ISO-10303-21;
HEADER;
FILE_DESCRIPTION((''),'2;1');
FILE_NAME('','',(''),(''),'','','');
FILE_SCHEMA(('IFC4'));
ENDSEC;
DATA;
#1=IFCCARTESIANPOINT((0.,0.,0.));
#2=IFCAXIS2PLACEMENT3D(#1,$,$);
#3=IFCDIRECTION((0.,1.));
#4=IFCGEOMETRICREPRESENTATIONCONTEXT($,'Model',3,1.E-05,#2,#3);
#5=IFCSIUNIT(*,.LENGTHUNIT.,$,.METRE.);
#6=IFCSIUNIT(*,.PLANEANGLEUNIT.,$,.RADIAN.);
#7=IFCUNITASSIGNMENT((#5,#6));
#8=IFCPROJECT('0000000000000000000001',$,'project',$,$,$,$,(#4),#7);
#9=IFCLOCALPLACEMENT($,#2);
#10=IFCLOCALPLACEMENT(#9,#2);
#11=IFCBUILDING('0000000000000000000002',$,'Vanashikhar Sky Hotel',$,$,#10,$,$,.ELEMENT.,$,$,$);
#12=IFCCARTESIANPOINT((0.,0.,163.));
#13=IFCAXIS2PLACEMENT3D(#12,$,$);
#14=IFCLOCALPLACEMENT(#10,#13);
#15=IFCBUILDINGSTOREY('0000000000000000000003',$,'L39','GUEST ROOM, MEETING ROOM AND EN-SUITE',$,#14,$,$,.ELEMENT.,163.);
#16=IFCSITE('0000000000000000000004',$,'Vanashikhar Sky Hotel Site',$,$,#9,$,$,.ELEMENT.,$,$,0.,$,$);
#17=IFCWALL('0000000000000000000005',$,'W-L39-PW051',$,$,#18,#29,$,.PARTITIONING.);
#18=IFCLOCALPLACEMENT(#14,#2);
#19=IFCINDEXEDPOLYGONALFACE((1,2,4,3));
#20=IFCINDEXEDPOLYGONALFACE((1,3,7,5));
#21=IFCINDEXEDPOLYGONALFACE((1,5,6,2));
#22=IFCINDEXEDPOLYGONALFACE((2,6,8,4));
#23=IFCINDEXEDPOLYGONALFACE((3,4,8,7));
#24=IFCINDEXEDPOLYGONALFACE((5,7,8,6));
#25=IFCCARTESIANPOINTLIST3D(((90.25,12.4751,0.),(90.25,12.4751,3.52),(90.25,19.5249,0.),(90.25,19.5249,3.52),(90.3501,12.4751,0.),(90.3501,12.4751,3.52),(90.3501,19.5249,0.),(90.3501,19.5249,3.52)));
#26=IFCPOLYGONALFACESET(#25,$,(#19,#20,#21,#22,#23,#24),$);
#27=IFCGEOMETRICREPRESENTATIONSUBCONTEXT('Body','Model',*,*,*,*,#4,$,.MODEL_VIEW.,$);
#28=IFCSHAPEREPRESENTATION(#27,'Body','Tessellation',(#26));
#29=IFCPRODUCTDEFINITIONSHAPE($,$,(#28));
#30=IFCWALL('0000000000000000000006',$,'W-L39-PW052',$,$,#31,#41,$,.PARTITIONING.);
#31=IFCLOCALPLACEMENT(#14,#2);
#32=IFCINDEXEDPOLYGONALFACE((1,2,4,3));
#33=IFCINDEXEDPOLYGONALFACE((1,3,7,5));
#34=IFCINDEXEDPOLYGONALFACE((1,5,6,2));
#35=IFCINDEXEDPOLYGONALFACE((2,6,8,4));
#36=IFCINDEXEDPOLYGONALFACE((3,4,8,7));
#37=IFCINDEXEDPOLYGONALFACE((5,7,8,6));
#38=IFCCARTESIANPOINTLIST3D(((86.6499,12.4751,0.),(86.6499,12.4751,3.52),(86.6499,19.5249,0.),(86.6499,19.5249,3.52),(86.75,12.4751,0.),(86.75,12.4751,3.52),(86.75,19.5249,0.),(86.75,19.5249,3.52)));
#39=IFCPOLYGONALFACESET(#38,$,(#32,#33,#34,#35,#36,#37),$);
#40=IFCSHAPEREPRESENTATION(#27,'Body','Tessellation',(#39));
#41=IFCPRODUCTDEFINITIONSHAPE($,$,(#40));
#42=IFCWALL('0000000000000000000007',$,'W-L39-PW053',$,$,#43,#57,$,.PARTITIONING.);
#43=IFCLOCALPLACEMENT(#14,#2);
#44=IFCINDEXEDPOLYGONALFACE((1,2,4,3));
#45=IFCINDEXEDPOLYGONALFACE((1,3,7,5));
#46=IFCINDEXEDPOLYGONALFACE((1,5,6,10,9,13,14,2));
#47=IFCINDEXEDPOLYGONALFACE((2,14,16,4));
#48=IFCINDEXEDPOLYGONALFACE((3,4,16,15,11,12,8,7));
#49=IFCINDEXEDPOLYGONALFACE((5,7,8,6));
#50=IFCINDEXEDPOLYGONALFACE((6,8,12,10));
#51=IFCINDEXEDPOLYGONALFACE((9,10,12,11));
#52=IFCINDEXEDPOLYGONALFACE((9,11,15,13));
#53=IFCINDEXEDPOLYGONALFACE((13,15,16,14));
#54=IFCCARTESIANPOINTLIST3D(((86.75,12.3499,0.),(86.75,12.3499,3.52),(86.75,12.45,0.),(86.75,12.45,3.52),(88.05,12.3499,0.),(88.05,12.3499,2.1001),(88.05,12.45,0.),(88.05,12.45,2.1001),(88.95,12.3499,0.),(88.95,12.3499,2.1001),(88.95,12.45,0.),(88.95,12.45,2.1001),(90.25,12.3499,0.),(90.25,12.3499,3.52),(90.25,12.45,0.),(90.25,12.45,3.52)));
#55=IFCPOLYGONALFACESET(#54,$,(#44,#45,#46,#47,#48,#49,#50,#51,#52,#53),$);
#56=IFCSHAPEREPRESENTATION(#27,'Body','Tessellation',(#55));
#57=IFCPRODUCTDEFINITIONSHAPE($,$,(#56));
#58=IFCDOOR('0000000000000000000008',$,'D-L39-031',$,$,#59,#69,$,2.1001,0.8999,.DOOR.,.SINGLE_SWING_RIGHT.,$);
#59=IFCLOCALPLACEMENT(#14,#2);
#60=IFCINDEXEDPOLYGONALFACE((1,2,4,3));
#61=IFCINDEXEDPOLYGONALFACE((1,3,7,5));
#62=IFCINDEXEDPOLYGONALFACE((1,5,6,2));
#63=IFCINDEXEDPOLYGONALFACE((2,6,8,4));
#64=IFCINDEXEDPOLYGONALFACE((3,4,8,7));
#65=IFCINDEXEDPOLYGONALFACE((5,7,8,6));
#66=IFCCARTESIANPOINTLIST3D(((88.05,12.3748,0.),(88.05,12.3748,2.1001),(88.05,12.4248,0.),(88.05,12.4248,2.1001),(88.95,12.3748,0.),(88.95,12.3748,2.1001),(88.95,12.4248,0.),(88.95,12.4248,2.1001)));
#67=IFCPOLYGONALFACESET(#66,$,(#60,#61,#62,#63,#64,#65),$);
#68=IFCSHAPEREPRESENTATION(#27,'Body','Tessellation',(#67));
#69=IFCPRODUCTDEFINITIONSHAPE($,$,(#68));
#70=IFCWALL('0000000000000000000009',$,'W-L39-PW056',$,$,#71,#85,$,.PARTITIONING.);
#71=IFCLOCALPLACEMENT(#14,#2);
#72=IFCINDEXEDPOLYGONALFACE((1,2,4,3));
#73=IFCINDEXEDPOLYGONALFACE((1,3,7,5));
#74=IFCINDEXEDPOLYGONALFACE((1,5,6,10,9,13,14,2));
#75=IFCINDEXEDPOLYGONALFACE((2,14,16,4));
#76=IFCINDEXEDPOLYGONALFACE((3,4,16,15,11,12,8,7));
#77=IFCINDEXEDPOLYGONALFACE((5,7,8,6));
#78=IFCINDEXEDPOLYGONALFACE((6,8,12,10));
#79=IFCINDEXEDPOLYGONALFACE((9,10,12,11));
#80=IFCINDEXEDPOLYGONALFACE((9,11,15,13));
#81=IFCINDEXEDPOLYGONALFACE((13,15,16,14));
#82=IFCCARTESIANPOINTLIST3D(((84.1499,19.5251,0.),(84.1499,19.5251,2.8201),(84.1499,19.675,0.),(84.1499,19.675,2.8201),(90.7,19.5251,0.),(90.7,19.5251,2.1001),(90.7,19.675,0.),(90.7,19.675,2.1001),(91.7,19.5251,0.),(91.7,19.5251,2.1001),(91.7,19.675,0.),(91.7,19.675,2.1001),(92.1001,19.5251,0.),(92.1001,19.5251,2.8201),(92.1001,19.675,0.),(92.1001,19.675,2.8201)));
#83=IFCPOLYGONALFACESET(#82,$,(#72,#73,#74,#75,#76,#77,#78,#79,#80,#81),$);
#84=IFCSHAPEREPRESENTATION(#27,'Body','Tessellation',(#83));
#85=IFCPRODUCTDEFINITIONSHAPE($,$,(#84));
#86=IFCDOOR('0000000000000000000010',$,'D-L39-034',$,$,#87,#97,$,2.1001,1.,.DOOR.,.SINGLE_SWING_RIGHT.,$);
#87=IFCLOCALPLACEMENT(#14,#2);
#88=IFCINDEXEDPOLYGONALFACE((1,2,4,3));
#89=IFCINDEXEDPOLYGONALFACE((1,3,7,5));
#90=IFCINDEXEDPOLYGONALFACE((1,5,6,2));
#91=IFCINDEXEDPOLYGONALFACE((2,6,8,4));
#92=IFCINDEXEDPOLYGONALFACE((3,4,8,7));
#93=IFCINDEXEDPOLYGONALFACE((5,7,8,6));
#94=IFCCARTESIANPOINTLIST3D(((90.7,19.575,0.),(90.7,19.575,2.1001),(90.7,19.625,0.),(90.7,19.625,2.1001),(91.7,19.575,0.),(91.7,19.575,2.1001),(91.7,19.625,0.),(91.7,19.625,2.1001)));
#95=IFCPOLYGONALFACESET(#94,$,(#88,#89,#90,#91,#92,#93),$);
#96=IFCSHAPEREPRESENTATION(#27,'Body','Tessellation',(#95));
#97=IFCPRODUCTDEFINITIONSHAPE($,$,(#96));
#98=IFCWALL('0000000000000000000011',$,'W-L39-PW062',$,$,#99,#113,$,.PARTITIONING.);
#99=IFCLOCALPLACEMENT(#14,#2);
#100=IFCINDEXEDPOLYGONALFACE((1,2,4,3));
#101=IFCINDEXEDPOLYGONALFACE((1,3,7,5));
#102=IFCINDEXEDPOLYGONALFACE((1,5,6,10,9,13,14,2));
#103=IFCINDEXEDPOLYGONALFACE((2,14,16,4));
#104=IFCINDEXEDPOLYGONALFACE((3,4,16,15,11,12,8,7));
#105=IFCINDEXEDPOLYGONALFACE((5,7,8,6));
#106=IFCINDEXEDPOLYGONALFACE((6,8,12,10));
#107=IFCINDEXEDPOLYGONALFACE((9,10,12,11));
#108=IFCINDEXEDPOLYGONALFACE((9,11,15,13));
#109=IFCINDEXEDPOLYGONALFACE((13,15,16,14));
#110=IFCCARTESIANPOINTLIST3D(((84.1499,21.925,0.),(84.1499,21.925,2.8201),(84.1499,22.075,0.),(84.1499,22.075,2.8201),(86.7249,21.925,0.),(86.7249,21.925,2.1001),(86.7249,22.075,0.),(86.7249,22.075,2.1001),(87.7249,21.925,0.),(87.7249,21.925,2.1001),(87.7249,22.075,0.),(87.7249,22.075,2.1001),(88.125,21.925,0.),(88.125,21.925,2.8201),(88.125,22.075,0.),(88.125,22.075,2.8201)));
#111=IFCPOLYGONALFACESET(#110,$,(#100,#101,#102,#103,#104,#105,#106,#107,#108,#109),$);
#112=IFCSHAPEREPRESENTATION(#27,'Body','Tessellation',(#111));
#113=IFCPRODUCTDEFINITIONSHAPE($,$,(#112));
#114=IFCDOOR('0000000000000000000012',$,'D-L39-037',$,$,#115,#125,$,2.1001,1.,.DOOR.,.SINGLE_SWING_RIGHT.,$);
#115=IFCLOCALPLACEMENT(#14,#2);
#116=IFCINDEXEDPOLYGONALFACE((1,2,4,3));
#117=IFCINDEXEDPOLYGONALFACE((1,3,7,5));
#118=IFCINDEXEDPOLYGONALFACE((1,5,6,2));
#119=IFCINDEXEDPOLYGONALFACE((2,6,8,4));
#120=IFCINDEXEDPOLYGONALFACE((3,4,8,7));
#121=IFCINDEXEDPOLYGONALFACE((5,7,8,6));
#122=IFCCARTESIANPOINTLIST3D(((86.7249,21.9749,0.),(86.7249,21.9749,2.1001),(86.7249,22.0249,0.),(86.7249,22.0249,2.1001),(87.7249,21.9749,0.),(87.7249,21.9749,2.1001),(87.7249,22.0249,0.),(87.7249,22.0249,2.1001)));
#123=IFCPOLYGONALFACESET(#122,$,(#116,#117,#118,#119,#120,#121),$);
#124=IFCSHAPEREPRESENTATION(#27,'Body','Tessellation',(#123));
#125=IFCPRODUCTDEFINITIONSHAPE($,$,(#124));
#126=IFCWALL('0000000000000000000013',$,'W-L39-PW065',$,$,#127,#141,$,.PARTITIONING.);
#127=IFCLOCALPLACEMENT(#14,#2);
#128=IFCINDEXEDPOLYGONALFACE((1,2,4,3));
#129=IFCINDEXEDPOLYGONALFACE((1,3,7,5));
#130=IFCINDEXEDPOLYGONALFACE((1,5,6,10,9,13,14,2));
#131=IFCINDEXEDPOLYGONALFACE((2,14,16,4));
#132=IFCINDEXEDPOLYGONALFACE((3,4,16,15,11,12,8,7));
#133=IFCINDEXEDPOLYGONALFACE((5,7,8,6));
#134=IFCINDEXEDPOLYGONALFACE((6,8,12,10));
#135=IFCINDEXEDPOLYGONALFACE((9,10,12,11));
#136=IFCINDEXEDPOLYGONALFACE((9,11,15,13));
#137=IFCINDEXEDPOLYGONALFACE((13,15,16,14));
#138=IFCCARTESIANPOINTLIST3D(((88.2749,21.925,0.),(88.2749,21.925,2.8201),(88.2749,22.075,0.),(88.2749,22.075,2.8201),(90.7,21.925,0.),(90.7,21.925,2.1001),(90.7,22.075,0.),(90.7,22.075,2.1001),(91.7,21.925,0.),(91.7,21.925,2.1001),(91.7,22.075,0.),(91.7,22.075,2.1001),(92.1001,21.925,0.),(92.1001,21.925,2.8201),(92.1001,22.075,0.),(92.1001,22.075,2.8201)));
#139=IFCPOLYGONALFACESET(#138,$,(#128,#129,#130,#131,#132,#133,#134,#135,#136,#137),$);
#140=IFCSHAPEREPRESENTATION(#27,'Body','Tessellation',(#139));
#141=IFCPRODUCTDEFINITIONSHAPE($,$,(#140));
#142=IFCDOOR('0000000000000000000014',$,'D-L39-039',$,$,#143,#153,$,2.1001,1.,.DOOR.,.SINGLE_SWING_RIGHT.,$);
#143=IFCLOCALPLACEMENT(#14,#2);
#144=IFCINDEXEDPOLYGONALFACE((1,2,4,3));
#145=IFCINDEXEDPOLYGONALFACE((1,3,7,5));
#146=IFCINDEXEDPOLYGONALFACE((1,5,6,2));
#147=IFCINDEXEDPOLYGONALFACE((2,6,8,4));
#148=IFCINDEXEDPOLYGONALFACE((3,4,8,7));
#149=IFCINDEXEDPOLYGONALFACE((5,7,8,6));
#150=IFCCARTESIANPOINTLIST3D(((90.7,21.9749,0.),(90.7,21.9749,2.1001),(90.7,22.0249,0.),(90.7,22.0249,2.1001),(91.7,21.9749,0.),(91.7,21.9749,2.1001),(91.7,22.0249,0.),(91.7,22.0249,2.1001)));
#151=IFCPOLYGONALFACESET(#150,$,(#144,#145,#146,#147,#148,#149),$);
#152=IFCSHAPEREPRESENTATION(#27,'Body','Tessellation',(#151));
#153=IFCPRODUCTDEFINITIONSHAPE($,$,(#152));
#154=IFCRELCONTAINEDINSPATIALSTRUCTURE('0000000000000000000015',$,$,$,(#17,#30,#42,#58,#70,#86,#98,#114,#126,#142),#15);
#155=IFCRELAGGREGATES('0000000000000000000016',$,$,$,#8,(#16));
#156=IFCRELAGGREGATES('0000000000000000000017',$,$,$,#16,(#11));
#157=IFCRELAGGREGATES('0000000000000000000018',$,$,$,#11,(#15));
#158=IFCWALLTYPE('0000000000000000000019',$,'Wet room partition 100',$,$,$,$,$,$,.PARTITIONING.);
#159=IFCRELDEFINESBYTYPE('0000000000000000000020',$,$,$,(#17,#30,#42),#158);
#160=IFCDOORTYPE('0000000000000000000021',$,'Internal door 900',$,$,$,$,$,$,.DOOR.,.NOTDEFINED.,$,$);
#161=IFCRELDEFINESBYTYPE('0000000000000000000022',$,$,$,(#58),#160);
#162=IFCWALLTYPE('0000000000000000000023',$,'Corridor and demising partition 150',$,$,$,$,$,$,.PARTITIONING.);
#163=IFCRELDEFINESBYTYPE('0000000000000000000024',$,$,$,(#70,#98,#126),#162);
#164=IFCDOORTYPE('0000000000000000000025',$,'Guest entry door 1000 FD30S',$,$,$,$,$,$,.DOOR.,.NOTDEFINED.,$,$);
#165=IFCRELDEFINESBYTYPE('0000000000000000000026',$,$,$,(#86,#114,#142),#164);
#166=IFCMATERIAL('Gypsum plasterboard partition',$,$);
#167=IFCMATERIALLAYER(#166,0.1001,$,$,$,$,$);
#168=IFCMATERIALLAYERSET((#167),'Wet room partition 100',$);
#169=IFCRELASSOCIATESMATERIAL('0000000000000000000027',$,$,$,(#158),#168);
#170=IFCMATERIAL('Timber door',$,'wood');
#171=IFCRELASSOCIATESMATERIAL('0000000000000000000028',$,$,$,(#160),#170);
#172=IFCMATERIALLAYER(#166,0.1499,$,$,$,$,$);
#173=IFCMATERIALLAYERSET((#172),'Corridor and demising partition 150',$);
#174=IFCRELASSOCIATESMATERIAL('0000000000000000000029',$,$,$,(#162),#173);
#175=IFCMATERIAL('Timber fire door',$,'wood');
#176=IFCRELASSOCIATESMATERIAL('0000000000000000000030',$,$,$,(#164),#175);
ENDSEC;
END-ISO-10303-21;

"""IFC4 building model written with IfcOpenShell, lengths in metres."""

from ifc_helpers import new_model, si_unit, direction, frame, frame_2d, origin, place, context, subcontext, project, spatial, rectangle, extrude, source, transform, mapped, material, layer, layer_set, type_object, element, fill, save


model = new_model("IFC4")

# Units and contexts
model_context = context("Model", 3, precision=1e-05, world=origin(), true_north=direction((0.0, 1.0)))
body_context = subcontext(model_context, "Body", "Model", "MODEL_VIEW")
ifc_project = project(units=[si_unit("LENGTHUNIT", "METRE"), si_unit("PLANEANGLEUNIT", "RADIAN")], contexts=[model_context])

# Site, building, storey
site_placement = place(None, origin())
site = spatial("IfcSite", under=ifc_project, at=site_placement, Name="Vanashikhar Sky Hotel Site", CompositionType="ELEMENT", RefElevation=0.0)
building_placement = place(site_placement, origin())
building = spatial("IfcBuilding", under=site, at=building_placement, Name="Vanashikhar Sky Hotel", CompositionType="ELEMENT")
storey_placement = place(building_placement, frame((0.0, 0.0, 163.0)))
storey = spatial("IfcBuildingStorey", under=building, at=storey_placement, Name="L39", Description="GUEST ROOM, MEETING ROOM AND EN-SUITE", CompositionType="ELEMENT", Elevation=163.0)

# Walls
ifc_material_1 = material(Name="Gypsum plasterboard partition")
ifc_layer_1 = layer(ifc_material_1, 0.1001)
ifc_layer_set_1 = layer_set([ifc_layer_1], Name="Wet room partition 100")
wall_type_1 = type_object("IfcWallType", Name="Wet room partition 100", PredefinedType="PARTITIONING", material=ifc_layer_set_1)
shared_shape_1 = source(origin(), body_context, "Body", "SweptSolid", [
    extrude(rectangle(XDim=7.0498, YDim=0.1001, at=frame_2d((3.5249, 0.0))), origin(), (0.0, 0.0, 1.0), 3.52),
])
for number, where, z_axis, x_axis, name in (
    (1, (90.3, 12.4751, 0.0), (0.0, 0.0, 1.0), (0.0, 1.0, 0.0), "W-L39-PW051"),
    (2, (86.7, 12.4751, 0.0), (0.0, 0.0, 1.0), (0.0, 1.0, 0.0), "W-L39-PW052"),
):
    element("IfcWall", number, at=place(storey_placement, frame(where, z_axis=z_axis, x_axis=x_axis)), inside=storey, type_object=wall_type_1, Name=name, PredefinedType="PARTITIONING", context=body_context, shape_type="MappedRepresentation", body=[
        mapped(shared_shape_1, transform((0.0, 0.0, 0.0), scale=1.0)),
    ])

# Walls, openings, doors
shared_shape_2 = source(origin(), body_context, "Body", "SweptSolid", [
    extrude(rectangle(XDim=3.5, YDim=0.1001, at=frame_2d((1.75, 0.0))), origin(), (0.0, 0.0, 1.0), 3.52),
])
wall_1_placement = place(storey_placement, frame((86.75, 12.3999, 0.0), z_axis=(0.0, 0.0, 1.0), x_axis=(1.0, 0.0, 0.0)))
wall_1 = element("IfcWall", 3, at=wall_1_placement, inside=storey, type_object=wall_type_1, Name="W-L39-PW053", PredefinedType="PARTITIONING", context=body_context, shape_type="MappedRepresentation", body=[
    mapped(shared_shape_2, transform((0.0, 0.0, 0.0), scale=1.0)),
])
shared_shape_3 = source(origin(), body_context, "Body", "SweptSolid", [
    extrude(rectangle(XDim=0.8999, YDim=2.1001, at=frame_2d((0.45, 1.05))), frame((0.0, 0.0601, 0.0), z_axis=(0.0, -1.0, 0.0), x_axis=(1.0, 0.0, 0.0)), (0.0, 0.0, 1.0), 0.1201),
])
opening_1_placement = place(wall_1_placement, frame((1.3, 0.0, 0.0)))
opening_1 = element("IfcOpeningElement", 4, at=opening_1_placement, cuts=wall_1, PredefinedType="OPENING", context=body_context, shape_type="MappedRepresentation", body=[
    mapped(shared_shape_3, transform((0.0, 0.0, 0.0), scale=1.0)),
])
ifc_material_2 = material(Name="Timber door", Category="wood")
door_type_1 = type_object("IfcDoorType", Name="Internal door 900", OperationType="NOTDEFINED", PredefinedType="DOOR", material=ifc_material_2)
shared_shape_4 = source(origin(), body_context, "Body", "SweptSolid", [
    extrude(rectangle(XDim=0.8999, YDim=2.1001, at=frame_2d((0.45, 1.05))), frame((0.0, 0.0249, 0.0), z_axis=(0.0, -1.0, 0.0), x_axis=(1.0, 0.0, 0.0)), (0.0, 0.0, 1.0), 0.05),
])
door_1_placement = place(opening_1_placement, origin())
door_1 = element("IfcDoor", 5, at=door_1_placement, inside=storey, type_object=door_type_1, Name="D-L39-031", OperationType="SINGLE_SWING_RIGHT", OverallHeight=2.1001, OverallWidth=0.8999, PredefinedType="DOOR", context=body_context, shape_type="MappedRepresentation", body=[
    mapped(shared_shape_4, transform((0.0, 0.0, 0.0), scale=1.0)),
])
fill(opening_1, door_1)
ifc_layer_2 = layer(ifc_material_1, 0.1499)
ifc_layer_set_2 = layer_set([ifc_layer_2], Name="Corridor and demising partition 150")
wall_type_2 = type_object("IfcWallType", Name="Corridor and demising partition 150", PredefinedType="PARTITIONING", material=ifc_layer_set_2)
shared_shape_5 = source(origin(), body_context, "Body", "SweptSolid", [
    extrude(rectangle(XDim=7.9502, YDim=0.1499, at=frame_2d((3.9751, 0.0))), origin(), (0.0, 0.0, 1.0), 2.8201),
])
wall_2_placement = place(storey_placement, frame((84.1499, 19.6001, 0.0), z_axis=(0.0, 0.0, 1.0), x_axis=(1.0, 0.0, 0.0)))
wall_2 = element("IfcWall", 6, at=wall_2_placement, inside=storey, type_object=wall_type_2, Name="W-L39-PW056", PredefinedType="PARTITIONING", context=body_context, shape_type="MappedRepresentation", body=[
    mapped(shared_shape_5, transform((0.0, 0.0, 0.0), scale=1.0)),
])
shared_shape_6 = source(origin(), body_context, "Body", "SweptSolid", [
    extrude(rectangle(XDim=1.0, YDim=2.1001, at=frame_2d((0.5, 1.05))), frame((0.0, 0.085, 0.0), z_axis=(0.0, -1.0, 0.0), x_axis=(1.0, 0.0, 0.0)), (0.0, 0.0, 1.0), 0.1699),
])
opening_2_placement = place(wall_2_placement, frame((6.55, 0.0, 0.0)))
opening_2 = element("IfcOpeningElement", 7, at=opening_2_placement, cuts=wall_2, PredefinedType="OPENING", context=body_context, shape_type="MappedRepresentation", body=[
    mapped(shared_shape_6, transform((0.0, 0.0, 0.0), scale=1.0)),
])
ifc_material_3 = material(Name="Timber fire door", Category="wood")
door_type_2 = type_object("IfcDoorType", Name="Guest entry door 1000 FD30S", OperationType="NOTDEFINED", PredefinedType="DOOR", material=ifc_material_3)
shared_shape_7 = source(origin(), body_context, "Body", "SweptSolid", [
    extrude(rectangle(XDim=1.0, YDim=2.1001, at=frame_2d((0.5, 1.05))), frame((0.0, 0.0249, 0.0), z_axis=(0.0, -1.0, 0.0), x_axis=(1.0, 0.0, 0.0)), (0.0, 0.0, 1.0), 0.05),
])
door_2_placement = place(opening_2_placement, origin())
door_2 = element("IfcDoor", 8, at=door_2_placement, inside=storey, type_object=door_type_2, Name="D-L39-034", OperationType="SINGLE_SWING_RIGHT", OverallHeight=2.1001, OverallWidth=1.0, PredefinedType="DOOR", context=body_context, shape_type="MappedRepresentation", body=[
    mapped(shared_shape_7, transform((0.0, 0.0, 0.0), scale=1.0)),
])
fill(opening_2, door_2)
shared_shape_8 = source(origin(), body_context, "Body", "SweptSolid", [
    extrude(rectangle(XDim=3.9751, YDim=0.1499, at=frame_2d((1.9875, 0.0))), origin(), (0.0, 0.0, 1.0), 2.8201),
])
wall_3_placement = place(storey_placement, frame((84.1499, 22.0, 0.0), z_axis=(0.0, 0.0, 1.0), x_axis=(1.0, 0.0, 0.0)))
wall_3 = element("IfcWall", 9, at=wall_3_placement, inside=storey, type_object=wall_type_2, Name="W-L39-PW062", PredefinedType="PARTITIONING", context=body_context, shape_type="MappedRepresentation", body=[
    mapped(shared_shape_8, transform((0.0, 0.0, 0.0), scale=1.0)),
])
opening_3_placement = place(wall_3_placement, frame((2.575, 0.0, 0.0)))
opening_3 = element("IfcOpeningElement", 10, at=opening_3_placement, cuts=wall_3, PredefinedType="OPENING", context=body_context, shape_type="MappedRepresentation", body=[
    mapped(shared_shape_6, transform((0.0, 0.0, 0.0), scale=1.0)),
])
door_3_placement = place(opening_3_placement, origin())
door_3 = element("IfcDoor", 11, at=door_3_placement, inside=storey, type_object=door_type_2, Name="D-L39-037", OperationType="SINGLE_SWING_RIGHT", OverallHeight=2.1001, OverallWidth=1.0, PredefinedType="DOOR", context=body_context, shape_type="MappedRepresentation", body=[
    mapped(shared_shape_7, transform((0.0, 0.0, 0.0), scale=1.0)),
])
fill(opening_3, door_3)
shared_shape_9 = source(origin(), body_context, "Body", "SweptSolid", [
    extrude(rectangle(XDim=3.8252, YDim=0.1499, at=frame_2d((1.9126, 0.0))), origin(), (0.0, 0.0, 1.0), 2.8201),
])
wall_4_placement = place(storey_placement, frame((88.2749, 22.0, 0.0), z_axis=(0.0, 0.0, 1.0), x_axis=(1.0, 0.0, 0.0)))
wall_4 = element("IfcWall", 12, at=wall_4_placement, inside=storey, type_object=wall_type_2, Name="W-L39-PW065", PredefinedType="PARTITIONING", context=body_context, shape_type="MappedRepresentation", body=[
    mapped(shared_shape_9, transform((0.0, 0.0, 0.0), scale=1.0)),
])
opening_4_placement = place(wall_4_placement, frame((2.425, 0.0, 0.0)))
opening_4 = element("IfcOpeningElement", 13, at=opening_4_placement, cuts=wall_4, PredefinedType="OPENING", context=body_context, shape_type="MappedRepresentation", body=[
    mapped(shared_shape_6, transform((0.0, 0.0, 0.0), scale=1.0)),
])
door_4_placement = place(opening_4_placement, origin())
door_4 = element("IfcDoor", 14, at=door_4_placement, inside=storey, type_object=door_type_2, Name="D-L39-039", OperationType="SINGLE_SWING_RIGHT", OverallHeight=2.1001, OverallWidth=1.0, PredefinedType="DOOR", context=body_context, shape_type="MappedRepresentation", body=[
    mapped(shared_shape_7, transform((0.0, 0.0, 0.0), scale=1.0)),
])
fill(opening_4, door_4)

save(model, "model.ifc")
